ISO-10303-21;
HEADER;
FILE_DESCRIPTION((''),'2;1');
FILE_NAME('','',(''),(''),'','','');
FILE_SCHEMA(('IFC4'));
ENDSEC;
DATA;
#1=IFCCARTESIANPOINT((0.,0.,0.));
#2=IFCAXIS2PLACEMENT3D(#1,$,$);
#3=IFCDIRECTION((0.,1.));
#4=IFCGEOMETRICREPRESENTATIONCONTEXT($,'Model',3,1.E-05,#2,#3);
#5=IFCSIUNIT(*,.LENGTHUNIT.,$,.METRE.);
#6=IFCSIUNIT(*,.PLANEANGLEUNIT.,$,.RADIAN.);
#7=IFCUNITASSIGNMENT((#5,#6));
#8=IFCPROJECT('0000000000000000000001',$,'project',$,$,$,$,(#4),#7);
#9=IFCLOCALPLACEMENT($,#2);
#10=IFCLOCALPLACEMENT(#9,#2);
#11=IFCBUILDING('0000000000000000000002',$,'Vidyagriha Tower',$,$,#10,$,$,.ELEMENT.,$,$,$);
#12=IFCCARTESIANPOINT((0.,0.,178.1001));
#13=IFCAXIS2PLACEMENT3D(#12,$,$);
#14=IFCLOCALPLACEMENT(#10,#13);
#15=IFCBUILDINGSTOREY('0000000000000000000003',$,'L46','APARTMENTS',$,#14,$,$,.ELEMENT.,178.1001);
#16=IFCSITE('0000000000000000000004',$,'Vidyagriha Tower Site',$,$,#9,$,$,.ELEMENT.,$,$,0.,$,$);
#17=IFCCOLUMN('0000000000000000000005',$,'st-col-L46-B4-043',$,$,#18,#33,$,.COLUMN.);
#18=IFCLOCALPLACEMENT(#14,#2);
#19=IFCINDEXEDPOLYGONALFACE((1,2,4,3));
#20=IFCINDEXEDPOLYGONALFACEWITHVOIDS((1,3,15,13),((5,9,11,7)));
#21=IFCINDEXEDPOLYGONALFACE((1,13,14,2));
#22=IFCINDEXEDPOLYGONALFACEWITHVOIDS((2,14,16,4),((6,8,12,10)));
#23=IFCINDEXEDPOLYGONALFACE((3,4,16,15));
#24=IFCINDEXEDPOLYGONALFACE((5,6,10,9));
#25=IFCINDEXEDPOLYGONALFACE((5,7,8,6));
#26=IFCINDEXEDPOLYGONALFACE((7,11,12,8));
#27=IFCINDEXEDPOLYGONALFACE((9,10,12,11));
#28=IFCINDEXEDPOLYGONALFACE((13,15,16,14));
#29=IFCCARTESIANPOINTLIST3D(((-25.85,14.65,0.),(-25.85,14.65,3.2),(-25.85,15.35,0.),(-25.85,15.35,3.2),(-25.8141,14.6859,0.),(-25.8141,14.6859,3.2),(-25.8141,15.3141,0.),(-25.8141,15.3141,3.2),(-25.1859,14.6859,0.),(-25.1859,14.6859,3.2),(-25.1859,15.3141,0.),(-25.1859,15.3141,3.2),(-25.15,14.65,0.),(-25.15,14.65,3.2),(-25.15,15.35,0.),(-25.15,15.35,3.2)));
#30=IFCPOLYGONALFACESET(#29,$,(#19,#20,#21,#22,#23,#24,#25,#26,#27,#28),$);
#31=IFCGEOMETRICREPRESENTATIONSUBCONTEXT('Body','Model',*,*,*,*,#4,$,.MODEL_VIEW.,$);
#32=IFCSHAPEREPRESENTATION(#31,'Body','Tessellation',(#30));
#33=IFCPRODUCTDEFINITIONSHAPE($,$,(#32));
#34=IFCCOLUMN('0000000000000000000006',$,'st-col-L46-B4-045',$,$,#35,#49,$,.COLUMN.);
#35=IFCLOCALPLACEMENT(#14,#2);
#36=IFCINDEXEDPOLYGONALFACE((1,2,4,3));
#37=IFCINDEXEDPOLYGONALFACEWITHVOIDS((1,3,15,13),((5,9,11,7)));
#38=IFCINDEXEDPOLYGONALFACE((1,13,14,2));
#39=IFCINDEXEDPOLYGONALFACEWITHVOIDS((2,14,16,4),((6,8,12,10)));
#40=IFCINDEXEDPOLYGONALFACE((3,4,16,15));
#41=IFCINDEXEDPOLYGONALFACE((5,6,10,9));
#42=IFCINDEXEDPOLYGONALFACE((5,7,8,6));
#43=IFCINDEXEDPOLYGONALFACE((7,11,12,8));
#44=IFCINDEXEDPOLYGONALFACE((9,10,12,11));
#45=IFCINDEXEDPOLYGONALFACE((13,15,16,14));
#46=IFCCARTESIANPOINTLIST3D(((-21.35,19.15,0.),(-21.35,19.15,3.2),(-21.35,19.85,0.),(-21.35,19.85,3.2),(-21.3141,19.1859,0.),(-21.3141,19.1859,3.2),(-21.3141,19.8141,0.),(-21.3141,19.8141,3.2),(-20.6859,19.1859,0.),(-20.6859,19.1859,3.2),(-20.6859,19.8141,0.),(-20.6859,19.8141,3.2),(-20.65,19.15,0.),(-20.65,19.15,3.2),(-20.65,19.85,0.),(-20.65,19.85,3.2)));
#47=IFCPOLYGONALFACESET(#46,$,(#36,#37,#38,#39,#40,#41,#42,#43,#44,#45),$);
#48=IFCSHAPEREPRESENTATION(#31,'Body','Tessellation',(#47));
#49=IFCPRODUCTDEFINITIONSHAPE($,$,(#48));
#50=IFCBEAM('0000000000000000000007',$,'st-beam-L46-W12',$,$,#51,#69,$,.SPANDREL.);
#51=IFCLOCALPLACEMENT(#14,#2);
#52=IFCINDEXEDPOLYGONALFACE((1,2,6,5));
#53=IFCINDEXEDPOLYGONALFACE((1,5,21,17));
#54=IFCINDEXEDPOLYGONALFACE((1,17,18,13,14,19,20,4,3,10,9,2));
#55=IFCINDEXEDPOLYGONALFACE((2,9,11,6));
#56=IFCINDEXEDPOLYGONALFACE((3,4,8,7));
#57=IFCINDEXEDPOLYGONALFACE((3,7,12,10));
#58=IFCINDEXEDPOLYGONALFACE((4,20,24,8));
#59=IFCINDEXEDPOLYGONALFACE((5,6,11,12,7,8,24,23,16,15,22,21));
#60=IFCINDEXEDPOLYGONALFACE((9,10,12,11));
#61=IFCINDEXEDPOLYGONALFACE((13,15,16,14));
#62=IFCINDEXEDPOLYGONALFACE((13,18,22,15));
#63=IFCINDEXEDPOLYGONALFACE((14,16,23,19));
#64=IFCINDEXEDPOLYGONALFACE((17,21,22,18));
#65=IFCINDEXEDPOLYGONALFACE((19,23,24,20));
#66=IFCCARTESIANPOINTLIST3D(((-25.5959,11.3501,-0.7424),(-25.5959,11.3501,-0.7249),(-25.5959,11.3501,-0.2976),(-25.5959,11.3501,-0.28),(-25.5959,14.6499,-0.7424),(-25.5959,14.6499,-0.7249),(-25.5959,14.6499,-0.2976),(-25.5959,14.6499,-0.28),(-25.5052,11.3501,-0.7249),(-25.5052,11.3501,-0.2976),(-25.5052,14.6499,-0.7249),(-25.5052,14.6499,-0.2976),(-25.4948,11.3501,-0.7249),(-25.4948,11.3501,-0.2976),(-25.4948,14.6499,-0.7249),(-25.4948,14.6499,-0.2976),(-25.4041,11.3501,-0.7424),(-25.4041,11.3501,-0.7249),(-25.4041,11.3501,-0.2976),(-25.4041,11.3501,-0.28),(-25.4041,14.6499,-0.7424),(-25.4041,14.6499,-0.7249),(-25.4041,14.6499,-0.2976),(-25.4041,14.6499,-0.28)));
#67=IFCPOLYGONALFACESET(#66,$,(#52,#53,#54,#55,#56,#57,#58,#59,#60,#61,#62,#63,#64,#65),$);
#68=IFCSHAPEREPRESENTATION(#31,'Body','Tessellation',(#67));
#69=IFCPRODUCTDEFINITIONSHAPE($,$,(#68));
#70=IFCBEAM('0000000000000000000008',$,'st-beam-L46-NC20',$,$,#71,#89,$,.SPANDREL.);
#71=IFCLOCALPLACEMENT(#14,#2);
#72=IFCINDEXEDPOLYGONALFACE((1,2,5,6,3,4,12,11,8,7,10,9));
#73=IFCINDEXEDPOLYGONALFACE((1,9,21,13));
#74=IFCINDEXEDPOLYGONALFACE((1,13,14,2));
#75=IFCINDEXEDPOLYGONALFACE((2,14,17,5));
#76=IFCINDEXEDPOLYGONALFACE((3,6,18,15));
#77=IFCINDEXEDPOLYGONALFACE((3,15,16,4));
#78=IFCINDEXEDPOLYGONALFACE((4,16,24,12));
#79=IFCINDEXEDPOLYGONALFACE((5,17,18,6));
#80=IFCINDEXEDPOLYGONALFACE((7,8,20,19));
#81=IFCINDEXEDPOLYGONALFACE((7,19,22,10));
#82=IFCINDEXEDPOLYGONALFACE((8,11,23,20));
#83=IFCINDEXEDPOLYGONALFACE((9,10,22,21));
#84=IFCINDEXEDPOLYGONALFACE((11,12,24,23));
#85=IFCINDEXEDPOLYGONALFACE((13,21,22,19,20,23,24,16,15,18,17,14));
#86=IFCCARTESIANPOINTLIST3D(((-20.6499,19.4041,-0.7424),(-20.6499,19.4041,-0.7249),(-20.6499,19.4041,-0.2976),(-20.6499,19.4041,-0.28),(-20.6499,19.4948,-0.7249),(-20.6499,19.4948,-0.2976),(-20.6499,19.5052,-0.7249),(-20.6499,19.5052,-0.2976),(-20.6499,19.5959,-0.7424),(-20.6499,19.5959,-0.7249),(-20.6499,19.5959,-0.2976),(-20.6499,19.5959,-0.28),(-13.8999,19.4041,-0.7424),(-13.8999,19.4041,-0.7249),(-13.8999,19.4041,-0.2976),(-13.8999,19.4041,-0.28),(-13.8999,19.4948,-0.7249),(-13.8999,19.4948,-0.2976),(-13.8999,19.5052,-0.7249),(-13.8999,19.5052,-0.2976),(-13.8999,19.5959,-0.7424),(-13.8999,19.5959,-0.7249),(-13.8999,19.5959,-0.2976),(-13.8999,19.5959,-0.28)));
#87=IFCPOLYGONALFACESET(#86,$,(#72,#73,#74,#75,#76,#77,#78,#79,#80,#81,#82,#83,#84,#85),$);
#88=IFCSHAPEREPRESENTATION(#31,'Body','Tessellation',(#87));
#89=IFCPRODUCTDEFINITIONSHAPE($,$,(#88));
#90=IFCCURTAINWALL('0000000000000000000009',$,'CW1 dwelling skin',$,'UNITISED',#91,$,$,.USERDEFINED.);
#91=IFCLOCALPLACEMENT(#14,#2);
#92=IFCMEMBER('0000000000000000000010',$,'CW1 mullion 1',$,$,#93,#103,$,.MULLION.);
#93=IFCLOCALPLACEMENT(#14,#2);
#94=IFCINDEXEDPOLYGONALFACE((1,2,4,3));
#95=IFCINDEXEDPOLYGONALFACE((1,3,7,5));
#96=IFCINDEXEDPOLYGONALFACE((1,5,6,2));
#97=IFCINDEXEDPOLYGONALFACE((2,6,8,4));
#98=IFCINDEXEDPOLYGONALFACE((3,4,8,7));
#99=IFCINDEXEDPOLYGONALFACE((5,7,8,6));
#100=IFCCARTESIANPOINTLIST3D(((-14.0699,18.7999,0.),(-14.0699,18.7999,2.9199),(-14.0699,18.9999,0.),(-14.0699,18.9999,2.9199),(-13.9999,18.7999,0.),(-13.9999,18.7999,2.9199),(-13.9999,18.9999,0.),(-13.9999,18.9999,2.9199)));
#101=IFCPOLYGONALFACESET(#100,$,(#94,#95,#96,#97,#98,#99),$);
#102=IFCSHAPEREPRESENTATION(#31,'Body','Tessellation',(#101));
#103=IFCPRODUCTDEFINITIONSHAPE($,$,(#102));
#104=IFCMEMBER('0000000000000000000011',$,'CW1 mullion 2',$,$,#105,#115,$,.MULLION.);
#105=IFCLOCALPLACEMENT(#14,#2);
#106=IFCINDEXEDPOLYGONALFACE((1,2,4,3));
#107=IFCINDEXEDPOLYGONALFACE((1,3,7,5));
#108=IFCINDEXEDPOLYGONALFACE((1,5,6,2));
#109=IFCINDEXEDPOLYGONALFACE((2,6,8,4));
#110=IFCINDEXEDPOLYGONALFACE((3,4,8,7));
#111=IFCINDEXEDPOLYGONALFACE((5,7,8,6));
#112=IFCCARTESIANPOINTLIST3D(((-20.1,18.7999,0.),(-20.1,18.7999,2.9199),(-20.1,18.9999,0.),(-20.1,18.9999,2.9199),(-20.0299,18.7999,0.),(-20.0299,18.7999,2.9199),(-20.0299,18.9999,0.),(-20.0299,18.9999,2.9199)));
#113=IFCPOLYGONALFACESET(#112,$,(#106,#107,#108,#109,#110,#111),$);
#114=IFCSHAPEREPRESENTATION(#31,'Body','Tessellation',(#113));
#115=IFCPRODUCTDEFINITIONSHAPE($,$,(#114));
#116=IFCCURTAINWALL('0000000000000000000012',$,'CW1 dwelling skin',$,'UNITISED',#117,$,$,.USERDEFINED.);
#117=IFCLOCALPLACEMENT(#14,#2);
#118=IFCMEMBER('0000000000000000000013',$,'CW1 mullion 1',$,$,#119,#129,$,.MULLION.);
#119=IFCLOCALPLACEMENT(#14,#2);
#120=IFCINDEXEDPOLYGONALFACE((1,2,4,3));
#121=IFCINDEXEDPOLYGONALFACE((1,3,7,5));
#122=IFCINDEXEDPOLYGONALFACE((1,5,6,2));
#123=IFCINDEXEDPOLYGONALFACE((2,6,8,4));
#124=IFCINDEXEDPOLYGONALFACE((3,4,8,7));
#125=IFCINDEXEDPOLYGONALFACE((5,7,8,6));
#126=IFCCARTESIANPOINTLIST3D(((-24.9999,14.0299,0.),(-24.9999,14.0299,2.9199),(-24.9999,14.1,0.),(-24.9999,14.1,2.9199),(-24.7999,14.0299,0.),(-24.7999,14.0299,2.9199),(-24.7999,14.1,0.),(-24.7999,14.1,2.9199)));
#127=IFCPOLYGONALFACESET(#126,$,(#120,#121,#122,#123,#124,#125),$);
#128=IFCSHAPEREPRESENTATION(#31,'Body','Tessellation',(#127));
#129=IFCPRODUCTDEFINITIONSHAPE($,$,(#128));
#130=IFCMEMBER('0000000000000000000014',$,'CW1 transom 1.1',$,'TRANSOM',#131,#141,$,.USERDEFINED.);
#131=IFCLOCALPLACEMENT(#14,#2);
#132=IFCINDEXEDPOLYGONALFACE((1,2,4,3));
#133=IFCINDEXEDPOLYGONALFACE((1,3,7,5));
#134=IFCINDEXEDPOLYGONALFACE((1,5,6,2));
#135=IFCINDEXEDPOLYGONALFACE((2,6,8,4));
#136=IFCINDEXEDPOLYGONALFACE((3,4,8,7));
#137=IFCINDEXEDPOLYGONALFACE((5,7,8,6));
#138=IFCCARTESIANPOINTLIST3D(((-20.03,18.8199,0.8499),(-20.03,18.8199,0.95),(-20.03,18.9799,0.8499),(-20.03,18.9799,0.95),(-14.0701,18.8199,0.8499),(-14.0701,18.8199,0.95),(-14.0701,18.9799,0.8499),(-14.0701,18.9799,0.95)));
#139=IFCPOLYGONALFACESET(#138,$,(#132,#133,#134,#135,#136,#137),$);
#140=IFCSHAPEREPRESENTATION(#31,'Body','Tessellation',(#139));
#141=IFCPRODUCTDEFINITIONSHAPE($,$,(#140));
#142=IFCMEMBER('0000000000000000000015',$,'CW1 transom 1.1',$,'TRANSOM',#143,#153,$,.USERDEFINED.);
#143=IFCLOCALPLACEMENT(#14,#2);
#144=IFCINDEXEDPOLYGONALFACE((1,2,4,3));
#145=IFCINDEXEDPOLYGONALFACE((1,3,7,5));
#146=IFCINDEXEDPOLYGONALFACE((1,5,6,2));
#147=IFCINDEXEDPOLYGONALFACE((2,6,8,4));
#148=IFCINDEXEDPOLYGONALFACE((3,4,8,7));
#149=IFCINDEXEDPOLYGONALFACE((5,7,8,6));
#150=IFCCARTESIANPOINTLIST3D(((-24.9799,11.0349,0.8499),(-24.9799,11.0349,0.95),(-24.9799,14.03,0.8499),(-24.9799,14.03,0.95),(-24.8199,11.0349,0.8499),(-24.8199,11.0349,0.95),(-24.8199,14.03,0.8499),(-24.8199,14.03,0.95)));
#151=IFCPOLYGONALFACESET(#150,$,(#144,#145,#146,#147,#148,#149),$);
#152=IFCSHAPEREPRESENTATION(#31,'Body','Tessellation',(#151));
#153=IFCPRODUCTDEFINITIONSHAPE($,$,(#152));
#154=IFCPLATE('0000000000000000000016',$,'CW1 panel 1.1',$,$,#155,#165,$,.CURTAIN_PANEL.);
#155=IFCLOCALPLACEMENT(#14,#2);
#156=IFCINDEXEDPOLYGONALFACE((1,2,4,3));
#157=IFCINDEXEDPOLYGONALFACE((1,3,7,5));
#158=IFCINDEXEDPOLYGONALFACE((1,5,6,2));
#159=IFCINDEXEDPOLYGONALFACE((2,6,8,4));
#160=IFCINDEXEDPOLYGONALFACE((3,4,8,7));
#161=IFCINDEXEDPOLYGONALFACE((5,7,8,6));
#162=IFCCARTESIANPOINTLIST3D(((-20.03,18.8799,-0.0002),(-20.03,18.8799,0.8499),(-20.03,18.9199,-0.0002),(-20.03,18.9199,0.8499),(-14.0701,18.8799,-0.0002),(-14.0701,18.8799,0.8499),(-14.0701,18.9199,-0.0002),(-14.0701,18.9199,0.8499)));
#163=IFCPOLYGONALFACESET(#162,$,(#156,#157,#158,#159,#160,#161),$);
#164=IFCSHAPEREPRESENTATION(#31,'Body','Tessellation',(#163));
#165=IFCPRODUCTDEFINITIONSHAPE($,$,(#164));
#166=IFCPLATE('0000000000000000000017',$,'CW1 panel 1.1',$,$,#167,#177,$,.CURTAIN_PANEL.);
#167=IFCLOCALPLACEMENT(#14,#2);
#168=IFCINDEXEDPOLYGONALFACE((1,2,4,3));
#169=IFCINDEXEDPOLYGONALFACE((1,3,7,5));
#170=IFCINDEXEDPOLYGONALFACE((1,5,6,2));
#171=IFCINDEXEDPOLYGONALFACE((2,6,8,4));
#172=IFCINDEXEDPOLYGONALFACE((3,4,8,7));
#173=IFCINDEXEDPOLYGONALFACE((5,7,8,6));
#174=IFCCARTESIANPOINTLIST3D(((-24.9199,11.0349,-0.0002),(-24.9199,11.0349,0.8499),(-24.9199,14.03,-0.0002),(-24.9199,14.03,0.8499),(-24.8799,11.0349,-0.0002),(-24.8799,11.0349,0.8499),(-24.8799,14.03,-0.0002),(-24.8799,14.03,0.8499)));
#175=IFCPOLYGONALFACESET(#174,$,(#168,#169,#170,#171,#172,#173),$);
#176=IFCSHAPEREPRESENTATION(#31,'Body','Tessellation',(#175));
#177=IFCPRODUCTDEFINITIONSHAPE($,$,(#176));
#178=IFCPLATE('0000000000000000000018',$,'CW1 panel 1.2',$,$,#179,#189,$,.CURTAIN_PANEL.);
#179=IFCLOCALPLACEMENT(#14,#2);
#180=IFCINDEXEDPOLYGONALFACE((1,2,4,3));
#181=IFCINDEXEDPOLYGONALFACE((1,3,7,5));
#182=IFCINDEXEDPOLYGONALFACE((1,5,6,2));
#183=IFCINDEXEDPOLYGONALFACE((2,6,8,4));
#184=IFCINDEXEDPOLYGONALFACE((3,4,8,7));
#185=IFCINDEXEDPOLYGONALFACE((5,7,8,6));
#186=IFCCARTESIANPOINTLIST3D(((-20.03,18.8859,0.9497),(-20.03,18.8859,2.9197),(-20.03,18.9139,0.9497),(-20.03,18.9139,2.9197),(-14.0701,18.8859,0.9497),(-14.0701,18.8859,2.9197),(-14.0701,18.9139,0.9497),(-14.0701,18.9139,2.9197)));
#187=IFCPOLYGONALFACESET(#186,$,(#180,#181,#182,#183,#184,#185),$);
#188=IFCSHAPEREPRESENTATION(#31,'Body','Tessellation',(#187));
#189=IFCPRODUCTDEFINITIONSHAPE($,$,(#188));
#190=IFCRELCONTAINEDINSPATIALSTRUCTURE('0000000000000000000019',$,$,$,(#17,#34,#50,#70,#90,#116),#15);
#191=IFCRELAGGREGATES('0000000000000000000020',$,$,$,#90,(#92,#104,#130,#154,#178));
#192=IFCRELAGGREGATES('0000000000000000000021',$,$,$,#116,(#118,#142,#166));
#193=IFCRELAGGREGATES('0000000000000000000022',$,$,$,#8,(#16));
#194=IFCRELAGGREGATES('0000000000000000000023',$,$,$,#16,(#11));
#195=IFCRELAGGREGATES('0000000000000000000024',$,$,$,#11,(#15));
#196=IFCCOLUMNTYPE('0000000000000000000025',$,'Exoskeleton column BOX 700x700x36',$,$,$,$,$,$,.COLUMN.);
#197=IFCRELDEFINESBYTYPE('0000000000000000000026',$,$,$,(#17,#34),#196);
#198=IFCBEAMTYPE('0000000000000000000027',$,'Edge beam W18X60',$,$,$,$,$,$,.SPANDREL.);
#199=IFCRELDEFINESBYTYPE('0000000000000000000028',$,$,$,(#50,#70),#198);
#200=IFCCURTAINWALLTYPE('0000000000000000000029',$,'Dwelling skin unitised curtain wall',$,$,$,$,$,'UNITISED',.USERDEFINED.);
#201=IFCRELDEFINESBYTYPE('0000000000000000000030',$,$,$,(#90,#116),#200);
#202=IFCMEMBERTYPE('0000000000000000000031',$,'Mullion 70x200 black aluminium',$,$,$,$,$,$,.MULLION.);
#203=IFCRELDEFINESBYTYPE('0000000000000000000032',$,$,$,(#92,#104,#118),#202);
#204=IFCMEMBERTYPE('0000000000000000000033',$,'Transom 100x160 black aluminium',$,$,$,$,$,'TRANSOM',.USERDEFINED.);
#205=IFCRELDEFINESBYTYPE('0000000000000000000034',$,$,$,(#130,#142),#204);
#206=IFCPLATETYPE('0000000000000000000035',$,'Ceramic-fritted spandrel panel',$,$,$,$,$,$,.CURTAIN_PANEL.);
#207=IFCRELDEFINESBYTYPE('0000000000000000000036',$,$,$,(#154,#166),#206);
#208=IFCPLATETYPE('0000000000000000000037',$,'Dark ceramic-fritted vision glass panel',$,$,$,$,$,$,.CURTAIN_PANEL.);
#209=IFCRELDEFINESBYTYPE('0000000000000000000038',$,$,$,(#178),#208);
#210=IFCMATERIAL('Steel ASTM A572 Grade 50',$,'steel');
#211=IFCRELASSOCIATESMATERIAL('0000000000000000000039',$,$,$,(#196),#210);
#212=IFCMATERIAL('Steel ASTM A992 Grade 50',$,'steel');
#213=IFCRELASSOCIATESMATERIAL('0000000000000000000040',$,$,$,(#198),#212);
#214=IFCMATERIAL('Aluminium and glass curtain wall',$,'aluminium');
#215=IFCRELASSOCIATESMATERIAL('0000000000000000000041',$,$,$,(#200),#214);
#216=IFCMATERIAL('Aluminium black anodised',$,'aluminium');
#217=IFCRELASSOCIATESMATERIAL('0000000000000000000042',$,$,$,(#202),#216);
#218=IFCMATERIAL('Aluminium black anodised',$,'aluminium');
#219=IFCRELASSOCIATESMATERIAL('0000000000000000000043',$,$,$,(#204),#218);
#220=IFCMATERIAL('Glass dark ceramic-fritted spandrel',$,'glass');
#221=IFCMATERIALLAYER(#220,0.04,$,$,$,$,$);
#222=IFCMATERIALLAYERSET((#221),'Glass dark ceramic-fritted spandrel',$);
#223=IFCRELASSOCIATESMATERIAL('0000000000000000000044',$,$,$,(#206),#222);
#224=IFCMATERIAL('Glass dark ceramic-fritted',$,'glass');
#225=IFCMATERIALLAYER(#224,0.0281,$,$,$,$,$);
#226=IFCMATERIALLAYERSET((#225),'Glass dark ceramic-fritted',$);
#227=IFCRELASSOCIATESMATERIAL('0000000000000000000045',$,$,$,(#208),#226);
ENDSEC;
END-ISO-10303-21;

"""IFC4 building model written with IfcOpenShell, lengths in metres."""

from ifc_helpers import new_model, si_unit, direction, frame, origin, origin_2d, place, context, subcontext, project, spatial, rectangle, hollow_rectangle, i_section, extrude, material, layer, layer_set, material_profile, profile_set, type_object, element, aggregate, save


model = new_model("IFC4")

# Units and contexts
model_context = context("Model", 3, precision=1e-05, world=origin(), true_north=direction((0.0, 1.0)))
body_context = subcontext(model_context, "Body", "Model", "MODEL_VIEW")
ifc_project = project(units=[si_unit("LENGTHUNIT", "METRE"), si_unit("PLANEANGLEUNIT", "RADIAN")], contexts=[model_context])

# Site, building, storey
site_placement = place(None, origin())
site = spatial("IfcSite", under=ifc_project, at=site_placement, Name="Vidyagriha Tower Site", CompositionType="ELEMENT", RefElevation=0.0)
building_placement = place(site_placement, origin())
building = spatial("IfcBuilding", under=site, at=building_placement, Name="Vidyagriha Tower", CompositionType="ELEMENT")
storey_placement = place(building_placement, frame((0.0, 0.0, 178.1001)))
storey = spatial("IfcBuildingStorey", under=building, at=storey_placement, Name="L46", Description="APARTMENTS", CompositionType="ELEMENT", Elevation=178.1001)

# Columns
ifc_material_1 = material(Name="Steel ASTM A572 Grade 50", Category="steel")
ifc_material_profile_1 = material_profile(ifc_material_1, hollow_rectangle(XDim=0.7, YDim=0.7, WallThickness=0.0359, at=origin_2d()), Name="BOX 700x700x36")
ifc_profile_set_1 = profile_set([ifc_material_profile_1], Name="Steel ASTM A572 Grade 50")
column_type = type_object("IfcColumnType", Name="Exoskeleton column BOX 700x700x36", PredefinedType="COLUMN", material=ifc_profile_set_1)
for number, where, name in (
    (1, (-25.5, 15.0, 0.0), "st-col-L46-B4-043"),
    (2, (-21.0, 19.5, 0.0), "st-col-L46-B4-045"),
):
    element("IfcColumn", number, at=place(storey_placement, frame(where)), inside=storey, type_object=column_type, Name=name, PredefinedType="COLUMN", context=body_context, shape_type="SweptSolid", body=[
        extrude(hollow_rectangle(XDim=0.7, YDim=0.7, WallThickness=0.0359, at=origin_2d()), origin(), (0.0, 0.0, 1.0), 3.2),
    ])

# Beams
ifc_material_2 = material(Name="Steel ASTM A992 Grade 50", Category="steel")
ifc_material_profile_2 = material_profile(ifc_material_2, i_section(OverallWidth=0.1919, OverallDepth=0.4624, WebThickness=0.0105, FlangeThickness=0.0176, at=origin_2d()), Name="W18X60")
ifc_profile_set_2 = profile_set([ifc_material_profile_2], Name="Steel ASTM A992 Grade 50")
beam_type = type_object("IfcBeamType", Name="Edge beam W18X60", PredefinedType="SPANDREL", material=ifc_profile_set_2)
beam_1_placement = place(storey_placement, frame((-25.5, 11.3501, -0.5112), z_axis=(0.0, 1.0, 0.0), x_axis=(-1.0, 0.0, 0.0)))
element("IfcBeam", 3, at=beam_1_placement, inside=storey, type_object=beam_type, Name="st-beam-L46-W12", PredefinedType="SPANDREL", context=body_context, shape_type="SweptSolid", body=[
    extrude(i_section(OverallWidth=0.1919, OverallDepth=0.4624, WebThickness=0.0105, FlangeThickness=0.0176, at=origin_2d()), origin(), (0.0, 0.0, 1.0), 3.2998),
])
beam_2_placement = place(storey_placement, frame((-20.6499, 19.5, -0.5112), z_axis=(1.0, 0.0, 0.0), x_axis=(0.0, 1.0, 0.0)))
element("IfcBeam", 4, at=beam_2_placement, inside=storey, type_object=beam_type, Name="st-beam-L46-NC20", PredefinedType="SPANDREL", context=body_context, shape_type="SweptSolid", body=[
    extrude(i_section(OverallWidth=0.1919, OverallDepth=0.4624, WebThickness=0.0105, FlangeThickness=0.0176, at=origin_2d()), origin(), (0.0, 0.0, 1.0), 6.75),
])

# Curtain wall, members
ifc_material_3 = material(Name="Aluminium and glass curtain wall", Category="aluminium")
curtain_wall_type = type_object("IfcCurtainWallType", Name="Dwelling skin unitised curtain wall", ElementType="UNITISED", PredefinedType="USERDEFINED", material=ifc_material_3)
curtain_wall_1_placement = place(storey_placement, origin())
curtain_wall_1 = element("IfcCurtainWall", 5, at=curtain_wall_1_placement, inside=storey, type_object=curtain_wall_type, Name="CW1 dwelling skin", ObjectType="UNITISED", PredefinedType="USERDEFINED")
ifc_material_4 = material(Name="Aluminium black anodised", Category="aluminium")
ifc_material_profile_3 = material_profile(ifc_material_4, rectangle(XDim=0.2, YDim=0.0701, at=origin_2d()), Name="Mullion 70x200 black aluminium")
ifc_profile_set_3 = profile_set([ifc_material_profile_3], Name="Aluminium black anodised")
member_type_1 = type_object("IfcMemberType", Name="Mullion 70x200 black aluminium", PredefinedType="MULLION", material=ifc_profile_set_3)
member_1_placement = place(storey_placement, frame((-14.0349, 18.8999, 0.0), z_axis=(0.0, 0.0, 1.0), x_axis=(0.0, -1.0, 0.0)))
member_1 = element("IfcMember", 6, at=member_1_placement, type_object=member_type_1, Name="CW1 mullion 1", PredefinedType="MULLION", context=body_context, shape_type="SweptSolid", body=[
    extrude(rectangle(XDim=0.2, YDim=0.0701, at=origin_2d()), origin(), (0.0, 0.0, 1.0), 2.9199),
])
member_2_placement = place(storey_placement, frame((-20.0649, 18.8999, 0.0), z_axis=(0.0, 0.0, 1.0), x_axis=(0.0, -1.0, 0.0)))
member_2 = element("IfcMember", 7, at=member_2_placement, type_object=member_type_1, Name="CW1 mullion 2", PredefinedType="MULLION", context=body_context, shape_type="SweptSolid", body=[
    extrude(rectangle(XDim=0.2, YDim=0.0701, at=origin_2d()), origin(), (0.0, 0.0, 1.0), 2.9199),
])

# Curtain wall, member
curtain_wall_2_placement = place(storey_placement, origin())
curtain_wall_2 = element("IfcCurtainWall", 8, at=curtain_wall_2_placement, inside=storey, type_object=curtain_wall_type, Name="CW1 dwelling skin", ObjectType="UNITISED", PredefinedType="USERDEFINED")
member_3_placement = place(storey_placement, frame((-24.8999, 14.0649, 0.0)))
member_3 = element("IfcMember", 9, at=member_3_placement, type_object=member_type_1, Name="CW1 mullion 1", PredefinedType="MULLION", context=body_context, shape_type="SweptSolid", body=[
    extrude(rectangle(XDim=0.2, YDim=0.0701, at=origin_2d()), origin(), (0.0, 0.0, 1.0), 2.9199),
])

# Members
ifc_material_5 = material(Name="Aluminium black anodised", Category="aluminium")
ifc_material_profile_4 = material_profile(ifc_material_5, rectangle(XDim=0.1599, YDim=0.1001, at=origin_2d()), Name="Transom 100x160 black aluminium")
ifc_profile_set_4 = profile_set([ifc_material_profile_4], Name="Aluminium black anodised")
member_type_2 = type_object("IfcMemberType", Name="Transom 100x160 black aluminium", ElementType="TRANSOM", PredefinedType="USERDEFINED", material=ifc_profile_set_4)
member_4_placement = place(storey_placement, frame((-14.0701, 18.8999, 0.8999), z_axis=(-1.0, 0.0, 0.0), x_axis=(0.0, -1.0, 0.0)))
member_4 = element("IfcMember", 10, at=member_4_placement, type_object=member_type_2, Name="CW1 transom 1.1", ObjectType="TRANSOM", PredefinedType="USERDEFINED", context=body_context, shape_type="SweptSolid", body=[
    extrude(rectangle(XDim=0.1599, YDim=0.1001, at=origin_2d()), origin(), (0.0, 0.0, 1.0), 5.96),
])
member_5_placement = place(storey_placement, frame((-24.8999, 14.03, 0.8999), z_axis=(0.0, -1.0, 0.0), x_axis=(1.0, 0.0, 0.0)))
member_5 = element("IfcMember", 11, at=member_5_placement, type_object=member_type_2, Name="CW1 transom 1.1", ObjectType="TRANSOM", PredefinedType="USERDEFINED", context=body_context, shape_type="SweptSolid", body=[
    extrude(rectangle(XDim=0.1599, YDim=0.1001, at=origin_2d()), origin(), (0.0, 0.0, 1.0), 2.9951),
])

# Plates
ifc_material_6 = material(Name="Glass dark ceramic-fritted spandrel", Category="glass")
ifc_layer_1 = layer(ifc_material_6, 0.04)
ifc_layer_set_1 = layer_set([ifc_layer_1], Name="Glass dark ceramic-fritted spandrel")
plate_type_1 = type_object("IfcPlateType", Name="Ceramic-fritted spandrel panel", PredefinedType="CURTAIN_PANEL", material=ifc_layer_set_1)
plate_1_placement = place(storey_placement, frame((-17.05, 18.8999, -0.0002), z_axis=(0.0, 0.0, 1.0), x_axis=(-1.0, 0.0, 0.0)))
plate_1 = element("IfcPlate", 12, at=plate_1_placement, type_object=plate_type_1, Name="CW1 panel 1.1", PredefinedType="CURTAIN_PANEL", context=body_context, shape_type="SweptSolid", body=[
    extrude(rectangle(XDim=5.96, YDim=0.04, at=origin_2d()), origin(), (0.0, 0.0, 1.0), 0.8501),
])
plate_2_placement = place(storey_placement, frame((-24.8999, 12.5325, -0.0002), z_axis=(0.0, 0.0, 1.0), x_axis=(0.0, -1.0, 0.0)))
plate_2 = element("IfcPlate", 13, at=plate_2_placement, type_object=plate_type_1, Name="CW1 panel 1.1", PredefinedType="CURTAIN_PANEL", context=body_context, shape_type="SweptSolid", body=[
    extrude(rectangle(XDim=2.9951, YDim=0.04, at=origin_2d()), origin(), (0.0, 0.0, 1.0), 0.8501),
])
ifc_material_7 = material(Name="Glass dark ceramic-fritted", Category="glass")
ifc_layer_2 = layer(ifc_material_7, 0.0281)
ifc_layer_set_2 = layer_set([ifc_layer_2], Name="Glass dark ceramic-fritted")
plate_type_2 = type_object("IfcPlateType", Name="Dark ceramic-fritted vision glass panel", PredefinedType="CURTAIN_PANEL", material=ifc_layer_set_2)
plate_3_placement = place(storey_placement, frame((-17.05, 18.8999, 0.9497), z_axis=(0.0, 0.0, 1.0), x_axis=(-1.0, 0.0, 0.0)))
plate_3 = element("IfcPlate", 14, at=plate_3_placement, type_object=plate_type_2, Name="CW1 panel 1.2", PredefinedType="CURTAIN_PANEL", context=body_context, shape_type="SweptSolid", body=[
    extrude(rectangle(XDim=5.96, YDim=0.0281, at=origin_2d()), origin(), (0.0, 0.0, 1.0), 1.97),
])
aggregate(curtain_wall_1, [member_1, member_2, member_4, plate_1, plate_3])
aggregate(curtain_wall_2, [member_3, member_5, plate_2])

save(model, "model.ifc")
